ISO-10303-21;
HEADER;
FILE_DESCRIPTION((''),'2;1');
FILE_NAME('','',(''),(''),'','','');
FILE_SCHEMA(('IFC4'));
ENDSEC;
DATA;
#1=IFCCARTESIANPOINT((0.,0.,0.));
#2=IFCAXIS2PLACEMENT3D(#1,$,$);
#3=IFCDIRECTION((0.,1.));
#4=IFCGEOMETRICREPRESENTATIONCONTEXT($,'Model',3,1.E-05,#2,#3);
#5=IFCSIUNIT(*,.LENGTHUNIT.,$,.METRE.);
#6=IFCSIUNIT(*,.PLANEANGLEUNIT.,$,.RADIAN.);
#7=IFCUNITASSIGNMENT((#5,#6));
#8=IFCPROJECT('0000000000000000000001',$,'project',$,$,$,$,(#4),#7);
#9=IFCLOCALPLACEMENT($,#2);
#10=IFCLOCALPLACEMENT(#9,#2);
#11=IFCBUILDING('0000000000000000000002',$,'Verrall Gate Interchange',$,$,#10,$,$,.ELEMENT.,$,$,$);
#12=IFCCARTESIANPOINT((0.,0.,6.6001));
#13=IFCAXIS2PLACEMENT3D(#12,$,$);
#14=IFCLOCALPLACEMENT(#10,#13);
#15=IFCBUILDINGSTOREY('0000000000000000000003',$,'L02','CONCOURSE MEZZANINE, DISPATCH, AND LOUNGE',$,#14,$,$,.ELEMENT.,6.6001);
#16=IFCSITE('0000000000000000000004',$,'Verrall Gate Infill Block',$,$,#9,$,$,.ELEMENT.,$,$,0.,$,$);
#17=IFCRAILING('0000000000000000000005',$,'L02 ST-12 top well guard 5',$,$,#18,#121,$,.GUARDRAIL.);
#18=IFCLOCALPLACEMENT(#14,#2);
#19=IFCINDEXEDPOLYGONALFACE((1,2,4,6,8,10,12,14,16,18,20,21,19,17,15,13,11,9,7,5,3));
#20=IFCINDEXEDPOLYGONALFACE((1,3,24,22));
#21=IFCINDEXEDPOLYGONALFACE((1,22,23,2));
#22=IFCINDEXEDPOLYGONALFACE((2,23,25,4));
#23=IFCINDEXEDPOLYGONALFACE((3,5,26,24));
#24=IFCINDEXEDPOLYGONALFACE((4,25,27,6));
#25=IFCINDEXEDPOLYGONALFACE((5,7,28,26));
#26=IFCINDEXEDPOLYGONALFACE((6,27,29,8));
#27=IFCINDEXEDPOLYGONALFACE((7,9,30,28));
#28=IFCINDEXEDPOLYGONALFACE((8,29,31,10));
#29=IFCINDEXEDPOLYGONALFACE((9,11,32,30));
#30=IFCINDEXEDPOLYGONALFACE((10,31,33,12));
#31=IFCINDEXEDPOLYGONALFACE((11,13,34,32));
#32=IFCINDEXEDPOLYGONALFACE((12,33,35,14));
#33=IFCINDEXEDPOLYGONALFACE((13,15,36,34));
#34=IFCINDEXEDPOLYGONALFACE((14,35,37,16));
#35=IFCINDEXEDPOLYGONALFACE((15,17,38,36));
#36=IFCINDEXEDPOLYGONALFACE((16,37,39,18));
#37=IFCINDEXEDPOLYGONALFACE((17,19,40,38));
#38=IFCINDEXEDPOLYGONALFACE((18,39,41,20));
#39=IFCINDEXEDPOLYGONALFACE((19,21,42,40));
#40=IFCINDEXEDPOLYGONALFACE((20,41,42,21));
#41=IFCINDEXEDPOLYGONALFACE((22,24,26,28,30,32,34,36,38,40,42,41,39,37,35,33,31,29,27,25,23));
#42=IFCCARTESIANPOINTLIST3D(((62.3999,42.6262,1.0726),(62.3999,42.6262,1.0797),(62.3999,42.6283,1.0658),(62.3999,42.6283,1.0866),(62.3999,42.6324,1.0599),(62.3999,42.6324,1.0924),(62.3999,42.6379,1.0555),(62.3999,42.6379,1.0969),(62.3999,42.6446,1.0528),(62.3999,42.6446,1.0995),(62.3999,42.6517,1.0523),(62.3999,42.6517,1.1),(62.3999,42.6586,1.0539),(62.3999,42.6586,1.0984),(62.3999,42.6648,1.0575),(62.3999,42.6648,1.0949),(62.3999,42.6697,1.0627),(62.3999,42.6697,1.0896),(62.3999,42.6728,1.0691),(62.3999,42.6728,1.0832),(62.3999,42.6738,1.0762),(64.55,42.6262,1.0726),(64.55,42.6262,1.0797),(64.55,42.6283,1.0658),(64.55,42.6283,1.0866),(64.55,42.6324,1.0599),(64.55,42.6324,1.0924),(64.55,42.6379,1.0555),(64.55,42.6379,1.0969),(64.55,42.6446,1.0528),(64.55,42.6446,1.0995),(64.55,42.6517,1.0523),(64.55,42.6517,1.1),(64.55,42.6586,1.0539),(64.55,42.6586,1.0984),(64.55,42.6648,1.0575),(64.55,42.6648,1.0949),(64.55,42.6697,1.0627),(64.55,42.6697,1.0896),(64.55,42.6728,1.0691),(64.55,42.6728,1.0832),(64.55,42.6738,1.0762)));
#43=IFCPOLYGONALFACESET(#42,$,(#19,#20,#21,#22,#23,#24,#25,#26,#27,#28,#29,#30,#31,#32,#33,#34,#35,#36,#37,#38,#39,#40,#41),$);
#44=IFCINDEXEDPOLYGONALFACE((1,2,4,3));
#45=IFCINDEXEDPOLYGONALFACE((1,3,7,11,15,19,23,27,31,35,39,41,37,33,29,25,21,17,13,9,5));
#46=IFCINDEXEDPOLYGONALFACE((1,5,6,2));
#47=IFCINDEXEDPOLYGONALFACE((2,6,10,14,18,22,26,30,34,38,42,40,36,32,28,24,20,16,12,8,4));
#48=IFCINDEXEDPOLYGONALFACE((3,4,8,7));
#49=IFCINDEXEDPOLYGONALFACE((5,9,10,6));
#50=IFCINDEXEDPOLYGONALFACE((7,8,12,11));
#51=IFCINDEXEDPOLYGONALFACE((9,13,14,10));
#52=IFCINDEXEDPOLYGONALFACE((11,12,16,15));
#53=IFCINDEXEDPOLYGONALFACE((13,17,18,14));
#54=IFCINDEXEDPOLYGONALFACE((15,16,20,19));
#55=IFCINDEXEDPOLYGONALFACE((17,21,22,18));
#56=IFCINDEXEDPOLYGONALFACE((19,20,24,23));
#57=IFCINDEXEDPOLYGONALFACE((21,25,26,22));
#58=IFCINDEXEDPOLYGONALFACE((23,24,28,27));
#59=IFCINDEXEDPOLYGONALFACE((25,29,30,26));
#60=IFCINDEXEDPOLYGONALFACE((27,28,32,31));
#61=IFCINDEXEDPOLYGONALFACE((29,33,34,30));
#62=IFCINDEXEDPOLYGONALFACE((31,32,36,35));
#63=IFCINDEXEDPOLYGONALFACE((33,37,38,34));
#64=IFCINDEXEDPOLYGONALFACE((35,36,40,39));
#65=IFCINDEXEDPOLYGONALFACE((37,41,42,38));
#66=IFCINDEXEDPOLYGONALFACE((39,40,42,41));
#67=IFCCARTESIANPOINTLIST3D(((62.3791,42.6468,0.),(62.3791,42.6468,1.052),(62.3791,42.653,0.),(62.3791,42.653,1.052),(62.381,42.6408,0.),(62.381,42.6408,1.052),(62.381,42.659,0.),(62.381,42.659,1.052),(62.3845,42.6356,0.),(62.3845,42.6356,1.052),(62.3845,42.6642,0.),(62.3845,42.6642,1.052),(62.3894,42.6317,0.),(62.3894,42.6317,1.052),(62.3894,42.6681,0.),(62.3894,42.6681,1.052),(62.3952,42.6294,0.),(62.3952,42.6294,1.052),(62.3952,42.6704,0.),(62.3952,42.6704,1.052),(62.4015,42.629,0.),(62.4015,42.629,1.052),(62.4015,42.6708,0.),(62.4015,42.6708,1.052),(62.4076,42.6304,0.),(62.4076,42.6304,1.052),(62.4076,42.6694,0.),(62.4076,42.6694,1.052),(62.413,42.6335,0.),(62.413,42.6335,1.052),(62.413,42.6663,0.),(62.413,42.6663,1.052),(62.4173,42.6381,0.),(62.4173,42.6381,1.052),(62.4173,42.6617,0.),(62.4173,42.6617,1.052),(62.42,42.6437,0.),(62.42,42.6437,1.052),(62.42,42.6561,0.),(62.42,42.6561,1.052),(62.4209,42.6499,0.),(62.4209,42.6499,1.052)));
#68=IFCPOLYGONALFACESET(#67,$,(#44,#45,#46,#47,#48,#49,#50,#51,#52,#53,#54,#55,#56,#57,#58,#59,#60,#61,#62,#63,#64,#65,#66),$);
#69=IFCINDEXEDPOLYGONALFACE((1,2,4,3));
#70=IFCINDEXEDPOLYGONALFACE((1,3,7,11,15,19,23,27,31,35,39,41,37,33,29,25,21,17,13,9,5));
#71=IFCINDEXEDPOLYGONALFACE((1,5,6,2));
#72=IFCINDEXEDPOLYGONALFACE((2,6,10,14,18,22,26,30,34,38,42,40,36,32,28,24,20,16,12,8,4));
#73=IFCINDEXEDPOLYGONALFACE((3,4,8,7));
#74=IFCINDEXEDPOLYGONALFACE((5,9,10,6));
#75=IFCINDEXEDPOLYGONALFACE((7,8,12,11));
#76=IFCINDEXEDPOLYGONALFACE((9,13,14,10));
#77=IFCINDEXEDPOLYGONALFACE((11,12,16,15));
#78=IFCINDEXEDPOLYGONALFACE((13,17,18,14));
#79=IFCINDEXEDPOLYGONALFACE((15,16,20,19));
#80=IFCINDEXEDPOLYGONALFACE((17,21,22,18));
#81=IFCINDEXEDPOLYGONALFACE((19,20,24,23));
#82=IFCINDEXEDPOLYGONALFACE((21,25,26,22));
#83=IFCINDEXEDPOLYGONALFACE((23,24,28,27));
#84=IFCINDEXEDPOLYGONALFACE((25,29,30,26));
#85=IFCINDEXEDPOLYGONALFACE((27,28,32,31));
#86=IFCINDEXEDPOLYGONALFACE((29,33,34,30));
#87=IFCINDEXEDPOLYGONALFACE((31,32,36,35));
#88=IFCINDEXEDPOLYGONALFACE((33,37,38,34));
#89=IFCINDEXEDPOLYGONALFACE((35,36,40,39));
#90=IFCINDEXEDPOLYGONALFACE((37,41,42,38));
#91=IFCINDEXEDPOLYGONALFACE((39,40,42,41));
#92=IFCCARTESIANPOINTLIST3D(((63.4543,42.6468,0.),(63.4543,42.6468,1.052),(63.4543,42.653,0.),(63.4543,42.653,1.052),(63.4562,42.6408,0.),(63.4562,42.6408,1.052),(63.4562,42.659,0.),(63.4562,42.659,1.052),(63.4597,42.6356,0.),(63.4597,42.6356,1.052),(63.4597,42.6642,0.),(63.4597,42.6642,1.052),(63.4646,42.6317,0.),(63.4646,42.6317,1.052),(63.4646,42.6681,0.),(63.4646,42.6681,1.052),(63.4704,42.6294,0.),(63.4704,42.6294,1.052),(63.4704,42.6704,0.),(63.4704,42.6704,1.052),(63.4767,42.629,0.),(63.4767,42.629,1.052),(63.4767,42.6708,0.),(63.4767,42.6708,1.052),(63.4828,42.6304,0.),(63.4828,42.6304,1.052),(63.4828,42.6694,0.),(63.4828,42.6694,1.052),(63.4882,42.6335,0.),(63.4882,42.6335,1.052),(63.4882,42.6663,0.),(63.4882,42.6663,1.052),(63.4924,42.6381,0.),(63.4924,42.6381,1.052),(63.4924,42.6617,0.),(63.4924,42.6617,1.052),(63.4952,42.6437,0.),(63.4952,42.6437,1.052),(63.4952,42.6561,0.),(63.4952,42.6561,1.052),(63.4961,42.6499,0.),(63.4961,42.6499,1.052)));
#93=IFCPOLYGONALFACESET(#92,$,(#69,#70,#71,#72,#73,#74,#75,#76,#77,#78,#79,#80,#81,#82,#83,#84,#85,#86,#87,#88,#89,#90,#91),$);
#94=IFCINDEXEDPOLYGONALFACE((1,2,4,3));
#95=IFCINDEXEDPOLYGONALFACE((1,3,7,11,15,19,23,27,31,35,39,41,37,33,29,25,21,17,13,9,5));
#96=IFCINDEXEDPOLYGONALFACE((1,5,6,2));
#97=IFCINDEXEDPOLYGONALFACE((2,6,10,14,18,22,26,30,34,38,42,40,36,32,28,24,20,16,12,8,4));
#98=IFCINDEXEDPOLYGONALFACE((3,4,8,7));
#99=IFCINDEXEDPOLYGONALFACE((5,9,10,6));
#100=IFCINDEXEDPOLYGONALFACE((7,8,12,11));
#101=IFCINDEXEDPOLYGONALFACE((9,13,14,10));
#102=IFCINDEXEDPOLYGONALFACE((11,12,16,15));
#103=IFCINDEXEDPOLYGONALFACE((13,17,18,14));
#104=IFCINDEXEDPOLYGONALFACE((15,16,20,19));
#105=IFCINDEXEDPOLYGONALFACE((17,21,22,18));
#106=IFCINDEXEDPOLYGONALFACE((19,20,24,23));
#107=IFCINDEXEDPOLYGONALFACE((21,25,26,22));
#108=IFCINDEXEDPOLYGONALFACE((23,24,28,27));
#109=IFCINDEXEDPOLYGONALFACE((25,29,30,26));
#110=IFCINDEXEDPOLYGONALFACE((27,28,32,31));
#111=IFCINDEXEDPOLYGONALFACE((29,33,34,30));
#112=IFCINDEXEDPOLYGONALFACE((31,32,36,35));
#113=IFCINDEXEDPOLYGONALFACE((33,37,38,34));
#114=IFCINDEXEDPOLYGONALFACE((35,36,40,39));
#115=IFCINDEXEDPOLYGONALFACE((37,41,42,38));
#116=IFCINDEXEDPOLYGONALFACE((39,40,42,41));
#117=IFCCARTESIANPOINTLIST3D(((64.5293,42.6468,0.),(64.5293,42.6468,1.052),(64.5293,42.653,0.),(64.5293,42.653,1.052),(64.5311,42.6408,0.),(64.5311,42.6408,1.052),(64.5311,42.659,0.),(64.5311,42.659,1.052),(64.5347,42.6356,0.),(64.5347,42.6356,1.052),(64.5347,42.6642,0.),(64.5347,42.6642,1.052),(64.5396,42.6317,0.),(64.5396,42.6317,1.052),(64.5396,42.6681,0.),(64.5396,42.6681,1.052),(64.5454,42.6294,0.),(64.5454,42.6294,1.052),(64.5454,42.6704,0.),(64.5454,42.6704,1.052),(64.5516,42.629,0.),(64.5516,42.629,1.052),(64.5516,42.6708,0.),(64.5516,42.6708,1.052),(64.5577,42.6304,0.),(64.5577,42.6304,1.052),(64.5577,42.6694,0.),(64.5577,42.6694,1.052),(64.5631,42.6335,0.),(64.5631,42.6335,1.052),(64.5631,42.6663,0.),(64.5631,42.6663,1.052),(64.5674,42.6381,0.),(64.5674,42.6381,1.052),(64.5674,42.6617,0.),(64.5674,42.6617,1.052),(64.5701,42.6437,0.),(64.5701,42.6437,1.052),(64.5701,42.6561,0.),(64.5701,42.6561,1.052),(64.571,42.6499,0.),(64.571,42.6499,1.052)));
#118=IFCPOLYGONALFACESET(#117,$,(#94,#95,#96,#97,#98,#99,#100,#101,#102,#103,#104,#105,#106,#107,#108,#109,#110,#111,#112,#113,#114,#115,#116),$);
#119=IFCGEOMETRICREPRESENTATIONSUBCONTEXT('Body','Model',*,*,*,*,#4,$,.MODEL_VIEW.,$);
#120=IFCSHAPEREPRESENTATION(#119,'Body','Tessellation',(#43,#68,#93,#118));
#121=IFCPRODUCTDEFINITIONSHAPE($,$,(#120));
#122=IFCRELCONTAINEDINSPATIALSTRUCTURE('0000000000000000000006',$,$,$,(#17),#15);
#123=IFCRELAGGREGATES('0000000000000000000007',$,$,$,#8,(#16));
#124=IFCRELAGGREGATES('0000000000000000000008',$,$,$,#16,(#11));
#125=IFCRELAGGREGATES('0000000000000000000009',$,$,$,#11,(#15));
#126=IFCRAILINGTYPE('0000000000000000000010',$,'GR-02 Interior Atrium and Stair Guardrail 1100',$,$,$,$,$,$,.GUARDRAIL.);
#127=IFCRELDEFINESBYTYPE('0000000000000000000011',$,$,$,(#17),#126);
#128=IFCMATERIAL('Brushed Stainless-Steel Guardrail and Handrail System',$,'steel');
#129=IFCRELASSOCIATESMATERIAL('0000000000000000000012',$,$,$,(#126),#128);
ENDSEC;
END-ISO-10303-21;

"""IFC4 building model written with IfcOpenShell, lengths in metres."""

from ifc_helpers import new_model, si_unit, direction, frame, origin, origin_2d, place, context, subcontext, project, spatial, circle, extrude, material, type_object, element, save


model = new_model("IFC4")

# Units and contexts
model_context = context("Model", 3, precision=1e-05, world=origin(), true_north=direction((0.0, 1.0)))
body_context = subcontext(model_context, "Body", "Model", "MODEL_VIEW")
ifc_project = project(units=[si_unit("LENGTHUNIT", "METRE"), si_unit("PLANEANGLEUNIT", "RADIAN")], contexts=[model_context])

# Site, building, storey
site_placement = place(None, origin())
site = spatial("IfcSite", under=ifc_project, at=site_placement, Name="Verrall Gate Infill Block", CompositionType="ELEMENT", RefElevation=0.0)
building_placement = place(site_placement, origin())
building = spatial("IfcBuilding", under=site, at=building_placement, Name="Verrall Gate Interchange", CompositionType="ELEMENT")
storey_placement = place(building_placement, frame((0.0, 0.0, 6.6001)))
storey = spatial("IfcBuildingStorey", under=building, at=storey_placement, Name="L02", Description="CONCOURSE MEZZANINE, DISPATCH, AND LOUNGE", CompositionType="ELEMENT", Elevation=6.6001)

# Railing
ifc_material_1 = material(Name="Brushed Stainless-Steel Guardrail and Handrail System", Category="steel")
railing_type = type_object("IfcRailingType", Name="GR-02 Interior Atrium and Stair Guardrail 1100", PredefinedType="GUARDRAIL", material=ifc_material_1)
railing_1_placement = place(storey_placement, frame((62.3999, 42.6499, 0.0)))
element("IfcRailing", 1, at=railing_1_placement, inside=storey, type_object=railing_type, Name="L02 ST-12 top well guard 5", PredefinedType="GUARDRAIL", context=body_context, shape_type="SweptSolid", body=[
    extrude(circle(Radius=0.0239, at=origin_2d()), frame((0.0, 0.0, 1.0762), z_axis=(1.0, 0.0, 0.0), x_axis=(0.0, 1.0, 0.0)), (0.0, 0.0, 1.0), 2.1501),
    extrude(circle(Radius=0.021, at=origin_2d()), origin(), (0.0, 0.0, 1.0), 1.052),
    extrude(circle(Radius=0.021, at=origin_2d()), frame((1.0752, 0.0, 0.0)), (0.0, 0.0, 1.0), 1.052),
    extrude(circle(Radius=0.021, at=origin_2d()), frame((2.1501, 0.0, 0.0)), (0.0, 0.0, 1.0), 1.052),
])

save(model, "model.ifc")
